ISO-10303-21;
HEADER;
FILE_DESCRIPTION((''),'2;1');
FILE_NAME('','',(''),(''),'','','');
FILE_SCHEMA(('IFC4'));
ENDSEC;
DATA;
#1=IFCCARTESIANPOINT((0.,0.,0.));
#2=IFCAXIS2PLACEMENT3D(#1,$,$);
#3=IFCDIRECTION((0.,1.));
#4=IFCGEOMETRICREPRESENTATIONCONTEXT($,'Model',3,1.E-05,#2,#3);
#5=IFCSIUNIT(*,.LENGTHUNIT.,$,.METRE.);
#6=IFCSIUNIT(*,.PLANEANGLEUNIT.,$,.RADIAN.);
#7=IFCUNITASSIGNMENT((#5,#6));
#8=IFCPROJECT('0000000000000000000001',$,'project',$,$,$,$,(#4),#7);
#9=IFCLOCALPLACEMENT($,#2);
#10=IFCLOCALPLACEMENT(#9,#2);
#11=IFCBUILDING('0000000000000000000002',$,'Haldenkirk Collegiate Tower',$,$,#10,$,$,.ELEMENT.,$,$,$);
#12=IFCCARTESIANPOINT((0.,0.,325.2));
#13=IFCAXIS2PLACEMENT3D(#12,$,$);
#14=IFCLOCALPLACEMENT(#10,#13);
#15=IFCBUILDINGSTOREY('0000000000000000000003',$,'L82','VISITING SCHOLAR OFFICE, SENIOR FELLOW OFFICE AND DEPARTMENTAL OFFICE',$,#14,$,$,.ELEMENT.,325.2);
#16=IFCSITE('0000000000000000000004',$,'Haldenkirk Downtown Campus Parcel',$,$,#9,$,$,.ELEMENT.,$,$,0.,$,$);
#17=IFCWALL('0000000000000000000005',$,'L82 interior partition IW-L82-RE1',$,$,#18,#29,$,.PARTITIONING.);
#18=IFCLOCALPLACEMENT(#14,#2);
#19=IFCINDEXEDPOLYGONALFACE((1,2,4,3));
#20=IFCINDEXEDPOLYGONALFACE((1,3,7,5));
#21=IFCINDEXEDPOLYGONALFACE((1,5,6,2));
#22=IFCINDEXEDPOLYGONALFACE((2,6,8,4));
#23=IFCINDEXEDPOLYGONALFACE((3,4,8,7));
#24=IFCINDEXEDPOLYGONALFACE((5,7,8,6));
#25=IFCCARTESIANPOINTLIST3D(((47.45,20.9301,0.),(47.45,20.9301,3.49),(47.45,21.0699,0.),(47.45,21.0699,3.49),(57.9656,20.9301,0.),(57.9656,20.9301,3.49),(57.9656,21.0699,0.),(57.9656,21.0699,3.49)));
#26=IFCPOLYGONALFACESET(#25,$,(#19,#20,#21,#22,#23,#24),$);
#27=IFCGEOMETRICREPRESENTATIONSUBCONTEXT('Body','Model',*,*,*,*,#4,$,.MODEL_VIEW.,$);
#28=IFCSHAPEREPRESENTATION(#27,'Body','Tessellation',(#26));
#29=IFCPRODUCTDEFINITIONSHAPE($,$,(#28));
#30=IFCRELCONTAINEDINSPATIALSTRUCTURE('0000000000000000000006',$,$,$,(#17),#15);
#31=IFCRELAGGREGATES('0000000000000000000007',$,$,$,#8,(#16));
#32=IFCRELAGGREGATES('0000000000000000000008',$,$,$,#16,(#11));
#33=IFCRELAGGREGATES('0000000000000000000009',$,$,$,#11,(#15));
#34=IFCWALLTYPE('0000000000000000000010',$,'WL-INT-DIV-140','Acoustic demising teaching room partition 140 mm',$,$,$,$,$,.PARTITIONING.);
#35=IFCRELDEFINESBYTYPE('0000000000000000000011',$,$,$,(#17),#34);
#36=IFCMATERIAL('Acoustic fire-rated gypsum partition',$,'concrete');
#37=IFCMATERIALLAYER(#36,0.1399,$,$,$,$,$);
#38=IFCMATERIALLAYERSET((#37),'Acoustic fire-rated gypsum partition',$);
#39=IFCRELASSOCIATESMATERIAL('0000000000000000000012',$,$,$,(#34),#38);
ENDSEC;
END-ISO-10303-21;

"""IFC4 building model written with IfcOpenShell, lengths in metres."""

from ifc_helpers import new_model, si_unit, direction, frame, frame_2d, origin, place, context, subcontext, project, spatial, rectangle, extrude, material, layer, layer_set, type_object, element, save


model = new_model("IFC4")

# Units and contexts
model_context = context("Model", 3, precision=1e-05, world=origin(), true_north=direction((0.0, 1.0)))
body_context = subcontext(model_context, "Body", "Model", "MODEL_VIEW")
ifc_project = project(units=[si_unit("LENGTHUNIT", "METRE"), si_unit("PLANEANGLEUNIT", "RADIAN")], contexts=[model_context])

# Site, building, storey
site_placement = place(None, origin())
site = spatial("IfcSite", under=ifc_project, at=site_placement, Name="Haldenkirk Downtown Campus Parcel", CompositionType="ELEMENT", RefElevation=0.0)
building_placement = place(site_placement, origin())
building = spatial("IfcBuilding", under=site, at=building_placement, Name="Haldenkirk Collegiate Tower", CompositionType="ELEMENT")
storey_placement = place(building_placement, frame((0.0, 0.0, 325.2)))
storey = spatial("IfcBuildingStorey", under=building, at=storey_placement, Name="L82", Description="VISITING SCHOLAR OFFICE, SENIOR FELLOW OFFICE AND DEPARTMENTAL OFFICE", CompositionType="ELEMENT", Elevation=325.2)

# Shared definitions
ifc_material_1 = material(Name="Acoustic fire-rated gypsum partition", Category="concrete")

# Wall
ifc_layer_1 = layer(ifc_material_1, 0.1399)
ifc_layer_set_1 = layer_set([ifc_layer_1], Name="Acoustic fire-rated gypsum partition")
wall_type_1 = type_object("IfcWallType", Name="WL-INT-DIV-140", Description="Acoustic demising teaching room partition 140 mm", PredefinedType="PARTITIONING", material=ifc_layer_set_1)
wall_1_placement = place(storey_placement, frame((47.45, 21.0, 0.0), z_axis=(0.0, 0.0, 1.0), x_axis=(1.0, 0.0, 0.0)))
element("IfcWall", 1, at=wall_1_placement, inside=storey, type_object=wall_type_1, Name="L82 interior partition IW-L82-RE1", PredefinedType="PARTITIONING", context=body_context, shape_type="SweptSolid", body=[
    extrude(rectangle(XDim=10.5156, YDim=0.1399, at=frame_2d((5.2578, 0.0))), origin(), (0.0, 0.0, 1.0), 3.49),
])

save(model, "model.ifc")
